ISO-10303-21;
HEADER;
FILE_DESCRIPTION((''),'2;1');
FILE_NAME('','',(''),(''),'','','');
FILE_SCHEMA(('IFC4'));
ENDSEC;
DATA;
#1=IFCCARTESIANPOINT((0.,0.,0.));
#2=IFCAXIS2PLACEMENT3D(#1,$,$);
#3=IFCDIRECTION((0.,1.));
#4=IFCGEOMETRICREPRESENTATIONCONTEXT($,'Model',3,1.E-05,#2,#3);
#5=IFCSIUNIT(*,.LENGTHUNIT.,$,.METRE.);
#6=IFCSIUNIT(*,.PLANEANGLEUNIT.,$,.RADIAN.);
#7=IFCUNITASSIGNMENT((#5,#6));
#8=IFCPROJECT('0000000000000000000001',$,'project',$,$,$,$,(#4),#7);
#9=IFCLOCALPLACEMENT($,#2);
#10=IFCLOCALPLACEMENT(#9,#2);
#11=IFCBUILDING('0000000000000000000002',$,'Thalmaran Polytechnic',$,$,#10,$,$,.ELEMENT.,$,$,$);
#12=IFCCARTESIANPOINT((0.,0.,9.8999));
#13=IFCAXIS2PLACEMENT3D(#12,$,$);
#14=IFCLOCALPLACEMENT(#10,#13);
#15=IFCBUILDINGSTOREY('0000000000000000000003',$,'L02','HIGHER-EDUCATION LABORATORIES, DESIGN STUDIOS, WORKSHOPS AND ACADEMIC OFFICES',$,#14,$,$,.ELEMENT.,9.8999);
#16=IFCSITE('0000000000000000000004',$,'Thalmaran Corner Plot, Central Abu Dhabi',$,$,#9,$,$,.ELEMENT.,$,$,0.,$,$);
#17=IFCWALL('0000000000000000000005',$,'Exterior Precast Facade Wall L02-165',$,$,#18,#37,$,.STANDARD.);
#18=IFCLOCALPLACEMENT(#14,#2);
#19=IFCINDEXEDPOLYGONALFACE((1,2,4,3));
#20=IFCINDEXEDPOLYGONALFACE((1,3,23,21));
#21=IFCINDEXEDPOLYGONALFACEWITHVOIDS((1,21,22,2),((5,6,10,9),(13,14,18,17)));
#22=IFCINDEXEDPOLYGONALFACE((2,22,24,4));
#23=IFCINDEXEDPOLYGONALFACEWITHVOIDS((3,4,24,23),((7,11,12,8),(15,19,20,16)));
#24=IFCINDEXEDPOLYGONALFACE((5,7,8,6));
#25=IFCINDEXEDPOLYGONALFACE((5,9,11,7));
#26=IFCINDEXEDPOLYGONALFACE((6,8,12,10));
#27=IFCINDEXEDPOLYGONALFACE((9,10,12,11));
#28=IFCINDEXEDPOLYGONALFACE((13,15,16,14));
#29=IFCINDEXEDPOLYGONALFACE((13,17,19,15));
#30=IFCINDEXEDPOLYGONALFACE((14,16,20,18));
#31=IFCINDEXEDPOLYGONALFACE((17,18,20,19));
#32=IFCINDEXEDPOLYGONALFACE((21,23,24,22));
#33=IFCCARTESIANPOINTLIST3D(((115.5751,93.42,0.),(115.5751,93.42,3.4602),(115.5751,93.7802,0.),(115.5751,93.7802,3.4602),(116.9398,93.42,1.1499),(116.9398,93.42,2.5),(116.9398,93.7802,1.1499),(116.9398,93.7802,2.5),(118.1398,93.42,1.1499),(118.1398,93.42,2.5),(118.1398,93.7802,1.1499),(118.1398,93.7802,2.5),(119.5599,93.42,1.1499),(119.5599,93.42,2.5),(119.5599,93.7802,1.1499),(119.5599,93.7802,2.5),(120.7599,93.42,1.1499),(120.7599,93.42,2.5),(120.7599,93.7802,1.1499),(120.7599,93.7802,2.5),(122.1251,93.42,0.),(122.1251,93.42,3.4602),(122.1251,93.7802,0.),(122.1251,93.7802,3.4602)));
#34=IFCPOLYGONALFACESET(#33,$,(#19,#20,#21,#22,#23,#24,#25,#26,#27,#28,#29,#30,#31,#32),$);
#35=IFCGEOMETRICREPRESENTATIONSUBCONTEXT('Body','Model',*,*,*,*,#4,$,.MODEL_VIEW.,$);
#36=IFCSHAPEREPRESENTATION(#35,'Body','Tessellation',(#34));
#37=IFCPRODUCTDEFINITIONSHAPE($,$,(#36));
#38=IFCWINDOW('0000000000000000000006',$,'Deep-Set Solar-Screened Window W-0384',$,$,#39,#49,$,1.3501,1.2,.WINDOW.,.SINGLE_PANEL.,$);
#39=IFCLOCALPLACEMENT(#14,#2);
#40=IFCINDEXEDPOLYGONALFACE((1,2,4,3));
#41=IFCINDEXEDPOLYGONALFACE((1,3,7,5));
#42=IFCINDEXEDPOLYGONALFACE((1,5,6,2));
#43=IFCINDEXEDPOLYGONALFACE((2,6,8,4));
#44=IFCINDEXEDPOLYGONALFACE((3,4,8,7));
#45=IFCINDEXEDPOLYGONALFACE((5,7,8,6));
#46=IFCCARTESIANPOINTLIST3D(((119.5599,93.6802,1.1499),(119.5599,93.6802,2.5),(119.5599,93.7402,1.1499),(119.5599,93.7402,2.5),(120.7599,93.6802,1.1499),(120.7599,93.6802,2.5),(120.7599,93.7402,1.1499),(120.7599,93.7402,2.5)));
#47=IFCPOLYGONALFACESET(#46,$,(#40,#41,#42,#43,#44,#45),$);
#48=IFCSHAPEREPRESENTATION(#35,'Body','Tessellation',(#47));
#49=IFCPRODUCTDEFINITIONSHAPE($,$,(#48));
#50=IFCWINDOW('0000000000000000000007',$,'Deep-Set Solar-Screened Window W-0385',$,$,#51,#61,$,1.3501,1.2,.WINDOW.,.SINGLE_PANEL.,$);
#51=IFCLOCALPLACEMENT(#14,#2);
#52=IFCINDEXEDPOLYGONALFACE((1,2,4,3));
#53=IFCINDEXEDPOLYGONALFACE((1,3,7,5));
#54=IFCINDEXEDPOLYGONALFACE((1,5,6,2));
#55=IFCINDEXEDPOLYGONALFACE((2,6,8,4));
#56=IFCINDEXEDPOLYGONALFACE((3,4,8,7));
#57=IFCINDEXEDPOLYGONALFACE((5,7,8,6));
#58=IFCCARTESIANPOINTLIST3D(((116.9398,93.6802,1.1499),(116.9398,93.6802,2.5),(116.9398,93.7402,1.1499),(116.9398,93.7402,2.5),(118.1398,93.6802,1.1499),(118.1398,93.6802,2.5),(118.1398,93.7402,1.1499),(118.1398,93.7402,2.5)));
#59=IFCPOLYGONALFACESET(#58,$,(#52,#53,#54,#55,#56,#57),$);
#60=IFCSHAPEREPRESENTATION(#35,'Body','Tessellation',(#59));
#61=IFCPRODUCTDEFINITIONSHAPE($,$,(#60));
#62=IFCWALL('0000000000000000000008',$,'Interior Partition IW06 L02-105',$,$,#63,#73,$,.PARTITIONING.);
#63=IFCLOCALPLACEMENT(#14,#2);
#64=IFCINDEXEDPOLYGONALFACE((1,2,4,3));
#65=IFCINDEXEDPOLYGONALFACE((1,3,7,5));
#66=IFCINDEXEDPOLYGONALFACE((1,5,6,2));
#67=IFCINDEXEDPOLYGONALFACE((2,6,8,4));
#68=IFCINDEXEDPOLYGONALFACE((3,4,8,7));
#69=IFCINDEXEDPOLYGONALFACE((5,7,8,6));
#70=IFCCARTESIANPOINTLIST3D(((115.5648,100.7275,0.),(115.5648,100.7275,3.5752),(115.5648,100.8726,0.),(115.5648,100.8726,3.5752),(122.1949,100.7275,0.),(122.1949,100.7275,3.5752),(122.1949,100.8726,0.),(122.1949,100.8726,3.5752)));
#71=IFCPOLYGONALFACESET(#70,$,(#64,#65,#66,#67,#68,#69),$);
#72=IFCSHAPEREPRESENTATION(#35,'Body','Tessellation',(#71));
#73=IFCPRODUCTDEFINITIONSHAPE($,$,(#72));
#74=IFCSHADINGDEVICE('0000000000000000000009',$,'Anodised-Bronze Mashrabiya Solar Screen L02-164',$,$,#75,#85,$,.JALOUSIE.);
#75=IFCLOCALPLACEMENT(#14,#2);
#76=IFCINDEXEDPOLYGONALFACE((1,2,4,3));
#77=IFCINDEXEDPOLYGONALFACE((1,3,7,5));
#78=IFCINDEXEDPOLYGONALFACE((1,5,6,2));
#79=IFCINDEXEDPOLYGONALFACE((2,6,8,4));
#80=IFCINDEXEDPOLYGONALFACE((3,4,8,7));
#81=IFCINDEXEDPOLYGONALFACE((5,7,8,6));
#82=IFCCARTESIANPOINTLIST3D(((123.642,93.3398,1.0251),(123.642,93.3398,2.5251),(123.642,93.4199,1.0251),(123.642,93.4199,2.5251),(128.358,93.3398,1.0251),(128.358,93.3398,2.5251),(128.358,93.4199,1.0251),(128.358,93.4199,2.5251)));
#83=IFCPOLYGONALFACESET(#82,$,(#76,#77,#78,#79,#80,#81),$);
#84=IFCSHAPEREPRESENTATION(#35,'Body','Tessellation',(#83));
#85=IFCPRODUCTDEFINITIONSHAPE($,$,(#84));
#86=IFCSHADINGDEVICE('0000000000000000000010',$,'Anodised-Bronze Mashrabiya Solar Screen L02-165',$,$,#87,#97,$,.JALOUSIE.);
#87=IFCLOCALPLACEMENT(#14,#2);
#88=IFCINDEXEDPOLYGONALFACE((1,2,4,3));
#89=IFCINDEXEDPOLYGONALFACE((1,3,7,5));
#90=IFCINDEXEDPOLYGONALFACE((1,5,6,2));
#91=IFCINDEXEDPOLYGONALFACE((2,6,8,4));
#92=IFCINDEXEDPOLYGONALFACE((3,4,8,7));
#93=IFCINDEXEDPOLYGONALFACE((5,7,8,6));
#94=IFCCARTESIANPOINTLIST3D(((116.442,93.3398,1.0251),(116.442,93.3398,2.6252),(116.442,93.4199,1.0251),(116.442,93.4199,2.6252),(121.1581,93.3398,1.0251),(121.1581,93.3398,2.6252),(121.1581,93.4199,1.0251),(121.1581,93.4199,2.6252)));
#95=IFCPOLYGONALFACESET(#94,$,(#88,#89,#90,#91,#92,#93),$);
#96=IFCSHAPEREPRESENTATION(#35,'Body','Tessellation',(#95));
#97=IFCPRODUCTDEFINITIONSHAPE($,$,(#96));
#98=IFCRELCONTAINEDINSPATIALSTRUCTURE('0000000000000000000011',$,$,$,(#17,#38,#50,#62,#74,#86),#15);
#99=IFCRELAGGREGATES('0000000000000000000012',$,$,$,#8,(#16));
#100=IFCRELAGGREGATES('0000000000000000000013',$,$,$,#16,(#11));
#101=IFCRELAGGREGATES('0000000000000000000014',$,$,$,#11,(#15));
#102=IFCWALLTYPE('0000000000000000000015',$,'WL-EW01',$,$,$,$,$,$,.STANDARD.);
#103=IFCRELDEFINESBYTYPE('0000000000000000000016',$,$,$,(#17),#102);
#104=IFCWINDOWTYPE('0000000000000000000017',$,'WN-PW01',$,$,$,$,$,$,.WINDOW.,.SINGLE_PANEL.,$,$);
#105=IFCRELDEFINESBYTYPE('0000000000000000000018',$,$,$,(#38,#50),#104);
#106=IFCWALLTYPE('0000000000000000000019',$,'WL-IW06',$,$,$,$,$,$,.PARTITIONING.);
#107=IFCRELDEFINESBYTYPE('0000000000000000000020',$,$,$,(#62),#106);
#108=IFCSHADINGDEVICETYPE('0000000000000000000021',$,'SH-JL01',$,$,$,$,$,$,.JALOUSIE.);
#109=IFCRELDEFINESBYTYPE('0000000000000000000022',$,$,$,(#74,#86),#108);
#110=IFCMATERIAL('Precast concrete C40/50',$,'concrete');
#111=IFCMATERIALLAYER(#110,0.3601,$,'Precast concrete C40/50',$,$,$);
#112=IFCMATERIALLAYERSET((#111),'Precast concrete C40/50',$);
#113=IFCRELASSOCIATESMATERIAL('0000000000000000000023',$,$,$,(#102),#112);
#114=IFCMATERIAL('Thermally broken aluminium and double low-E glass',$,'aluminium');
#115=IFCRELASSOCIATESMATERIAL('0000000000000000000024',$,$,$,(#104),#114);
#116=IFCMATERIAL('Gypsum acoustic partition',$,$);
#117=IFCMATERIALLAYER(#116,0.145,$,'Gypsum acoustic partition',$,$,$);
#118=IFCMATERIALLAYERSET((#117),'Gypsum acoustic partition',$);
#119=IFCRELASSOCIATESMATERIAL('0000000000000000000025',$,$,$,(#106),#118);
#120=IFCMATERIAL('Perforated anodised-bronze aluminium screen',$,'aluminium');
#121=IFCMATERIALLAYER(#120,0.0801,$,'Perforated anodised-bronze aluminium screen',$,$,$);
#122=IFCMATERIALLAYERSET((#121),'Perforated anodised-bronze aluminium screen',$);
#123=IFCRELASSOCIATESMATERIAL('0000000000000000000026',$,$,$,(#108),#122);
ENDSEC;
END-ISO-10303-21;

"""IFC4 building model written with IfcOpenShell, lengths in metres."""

from ifc_helpers import new_model, si_unit, direction, frame, frame_2d, origin, origin_2d, place, context, subcontext, project, spatial, rectangle, extrude, material, layer, layer_set, type_object, element, fill, save


model = new_model("IFC4")

# Units and contexts
model_context = context("Model", 3, precision=1e-05, world=origin(), true_north=direction((0.0, 1.0)))
body_context = subcontext(model_context, "Body", "Model", "MODEL_VIEW")
ifc_project = project(units=[si_unit("LENGTHUNIT", "METRE"), si_unit("PLANEANGLEUNIT", "RADIAN")], contexts=[model_context])

# Site, building, storey
site_placement = place(None, origin())
site = spatial("IfcSite", under=ifc_project, at=site_placement, Name="Thalmaran Corner Plot, Central Abu Dhabi", CompositionType="ELEMENT", RefElevation=0.0)
building_placement = place(site_placement, origin())
building = spatial("IfcBuilding", under=site, at=building_placement, Name="Thalmaran Polytechnic", CompositionType="ELEMENT")
storey_placement = place(building_placement, frame((0.0, 0.0, 9.8999)))
storey = spatial("IfcBuildingStorey", under=building, at=storey_placement, Name="L02", Description="HIGHER-EDUCATION LABORATORIES, DESIGN STUDIOS, WORKSHOPS AND ACADEMIC OFFICES", CompositionType="ELEMENT", Elevation=9.8999)

# Wall, openings, windows
ifc_material_1 = material(Name="Precast concrete C40/50", Category="concrete")
ifc_layer_1 = layer(ifc_material_1, 0.3601, Name="Precast concrete C40/50")
ifc_layer_set_1 = layer_set([ifc_layer_1], Name="Precast concrete C40/50")
wall_type_1 = type_object("IfcWallType", Name="WL-EW01", PredefinedType="STANDARD", material=ifc_layer_set_1)
wall_1_placement = place(storey_placement, frame((122.125, 93.6001, 0.0), z_axis=(0.0, 0.0, 1.0), x_axis=(-1.0, 0.0, 0.0)))
wall_1 = element("IfcWall", 1, at=wall_1_placement, inside=storey, type_object=wall_type_1, Name="Exterior Precast Facade Wall L02-165", PredefinedType="STANDARD", context=body_context, shape_type="SweptSolid", body=[
    extrude(rectangle(XDim=6.55, YDim=0.3601, at=frame_2d((3.2749, 0.0))), origin(), (0.0, 0.0, 1.0), 3.4602),
])
opening_1_placement = place(wall_1_placement, frame((1.365, 0.0, 1.1499)))
opening_1 = element("IfcOpeningElement", 2, at=opening_1_placement, cuts=wall_1, PredefinedType="OPENING", context=body_context, shape_type="SweptSolid", body=[
    extrude(rectangle(XDim=1.2, YDim=1.3501, at=frame_2d((0.6001, 0.675))), frame((0.0, 0.1899, 0.0), z_axis=(0.0, -1.0, 0.0), x_axis=(1.0, 0.0, 0.0)), (0.0, 0.0, 1.0), 0.3801),
])
opening_2_placement = place(wall_1_placement, frame((3.9851, 0.0, 1.1499)))
opening_2 = element("IfcOpeningElement", 3, at=opening_2_placement, cuts=wall_1, PredefinedType="OPENING", context=body_context, shape_type="SweptSolid", body=[
    extrude(rectangle(XDim=1.2, YDim=1.3501, at=frame_2d((0.6001, 0.675))), frame((0.0, 0.1899, 0.0), z_axis=(0.0, -1.0, 0.0), x_axis=(1.0, 0.0, 0.0)), (0.0, 0.0, 1.0), 0.3801),
])
ifc_material_2 = material(Name="Thermally broken aluminium and double low-E glass", Category="aluminium")
window_type = type_object("IfcWindowType", Name="WN-PW01", PartitioningType="SINGLE_PANEL", PredefinedType="WINDOW", material=ifc_material_2)
window_1_placement = place(opening_1_placement, origin())
window_1 = element("IfcWindow", 4, at=window_1_placement, inside=storey, type_object=window_type, Name="Deep-Set Solar-Screened Window W-0384", OverallHeight=1.3501, OverallWidth=1.2, PartitioningType="SINGLE_PANEL", PredefinedType="WINDOW", context=body_context, shape_type="SweptSolid", body=[
    extrude(rectangle(XDim=1.2, YDim=1.3501, at=frame_2d((0.6001, 0.675))), frame((0.0, -0.0801, 0.0), z_axis=(0.0, -1.0, 0.0), x_axis=(1.0, 0.0, 0.0)), (0.0, 0.0, 1.0), 0.0601),
])
fill(opening_1, window_1)
window_2_placement = place(opening_2_placement, origin())
window_2 = element("IfcWindow", 5, at=window_2_placement, inside=storey, type_object=window_type, Name="Deep-Set Solar-Screened Window W-0385", OverallHeight=1.3501, OverallWidth=1.2, PartitioningType="SINGLE_PANEL", PredefinedType="WINDOW", context=body_context, shape_type="SweptSolid", body=[
    extrude(rectangle(XDim=1.2, YDim=1.3501, at=frame_2d((0.6001, 0.675))), frame((0.0, -0.0801, 0.0), z_axis=(0.0, -1.0, 0.0), x_axis=(1.0, 0.0, 0.0)), (0.0, 0.0, 1.0), 0.0601),
])
fill(opening_2, window_2)

# Wall
ifc_material_3 = material(Name="Gypsum acoustic partition")
ifc_layer_2 = layer(ifc_material_3, 0.145, Name="Gypsum acoustic partition")
ifc_layer_set_2 = layer_set([ifc_layer_2], Name="Gypsum acoustic partition")
wall_type_2 = type_object("IfcWallType", Name="WL-IW06", PredefinedType="PARTITIONING", material=ifc_layer_set_2)
wall_2_placement = place(storey_placement, frame((115.5649, 100.8, 0.0), z_axis=(0.0, 0.0, 1.0), x_axis=(1.0, 0.0, 0.0)))
element("IfcWall", 6, at=wall_2_placement, inside=storey, type_object=wall_type_2, Name="Interior Partition IW06 L02-105", PredefinedType="PARTITIONING", context=body_context, shape_type="SweptSolid", body=[
    extrude(rectangle(XDim=6.6301, YDim=0.145, at=frame_2d((3.3149, 0.0))), origin(), (0.0, 0.0, 1.0), 3.5752),
])

# Shading devices
ifc_material_4 = material(Name="Perforated anodised-bronze aluminium screen", Category="aluminium")
ifc_layer_3 = layer(ifc_material_4, 0.0801, Name="Perforated anodised-bronze aluminium screen")
ifc_layer_set_3 = layer_set([ifc_layer_3], Name="Perforated anodised-bronze aluminium screen")
shading_device_type = type_object("IfcShadingDeviceType", Name="SH-JL01", PredefinedType="JALOUSIE", material=ifc_layer_set_3)
shading_device_1_placement = place(storey_placement, frame((126.0, 93.3799, 1.0251), z_axis=(0.0, 0.0, 1.0), x_axis=(-1.0, 0.0, 0.0)))
element("IfcShadingDevice", 7, at=shading_device_1_placement, inside=storey, type_object=shading_device_type, Name="Anodised-Bronze Mashrabiya Solar Screen L02-164", PredefinedType="JALOUSIE", context=body_context, shape_type="SweptSolid", body=[
    extrude(rectangle(XDim=4.7161, YDim=0.0801, at=origin_2d()), origin(), (0.0, 0.0, 1.0), 1.5),
])
shading_device_2_placement = place(storey_placement, frame((118.8, 93.3799, 1.0251), z_axis=(0.0, 0.0, 1.0), x_axis=(-1.0, 0.0, 0.0)))
element("IfcShadingDevice", 8, at=shading_device_2_placement, inside=storey, type_object=shading_device_type, Name="Anodised-Bronze Mashrabiya Solar Screen L02-165", PredefinedType="JALOUSIE", context=body_context, shape_type="SweptSolid", body=[
    extrude(rectangle(XDim=4.7161, YDim=0.0801, at=origin_2d()), origin(), (0.0, 0.0, 1.0), 1.6001),
])

save(model, "model.ifc")
